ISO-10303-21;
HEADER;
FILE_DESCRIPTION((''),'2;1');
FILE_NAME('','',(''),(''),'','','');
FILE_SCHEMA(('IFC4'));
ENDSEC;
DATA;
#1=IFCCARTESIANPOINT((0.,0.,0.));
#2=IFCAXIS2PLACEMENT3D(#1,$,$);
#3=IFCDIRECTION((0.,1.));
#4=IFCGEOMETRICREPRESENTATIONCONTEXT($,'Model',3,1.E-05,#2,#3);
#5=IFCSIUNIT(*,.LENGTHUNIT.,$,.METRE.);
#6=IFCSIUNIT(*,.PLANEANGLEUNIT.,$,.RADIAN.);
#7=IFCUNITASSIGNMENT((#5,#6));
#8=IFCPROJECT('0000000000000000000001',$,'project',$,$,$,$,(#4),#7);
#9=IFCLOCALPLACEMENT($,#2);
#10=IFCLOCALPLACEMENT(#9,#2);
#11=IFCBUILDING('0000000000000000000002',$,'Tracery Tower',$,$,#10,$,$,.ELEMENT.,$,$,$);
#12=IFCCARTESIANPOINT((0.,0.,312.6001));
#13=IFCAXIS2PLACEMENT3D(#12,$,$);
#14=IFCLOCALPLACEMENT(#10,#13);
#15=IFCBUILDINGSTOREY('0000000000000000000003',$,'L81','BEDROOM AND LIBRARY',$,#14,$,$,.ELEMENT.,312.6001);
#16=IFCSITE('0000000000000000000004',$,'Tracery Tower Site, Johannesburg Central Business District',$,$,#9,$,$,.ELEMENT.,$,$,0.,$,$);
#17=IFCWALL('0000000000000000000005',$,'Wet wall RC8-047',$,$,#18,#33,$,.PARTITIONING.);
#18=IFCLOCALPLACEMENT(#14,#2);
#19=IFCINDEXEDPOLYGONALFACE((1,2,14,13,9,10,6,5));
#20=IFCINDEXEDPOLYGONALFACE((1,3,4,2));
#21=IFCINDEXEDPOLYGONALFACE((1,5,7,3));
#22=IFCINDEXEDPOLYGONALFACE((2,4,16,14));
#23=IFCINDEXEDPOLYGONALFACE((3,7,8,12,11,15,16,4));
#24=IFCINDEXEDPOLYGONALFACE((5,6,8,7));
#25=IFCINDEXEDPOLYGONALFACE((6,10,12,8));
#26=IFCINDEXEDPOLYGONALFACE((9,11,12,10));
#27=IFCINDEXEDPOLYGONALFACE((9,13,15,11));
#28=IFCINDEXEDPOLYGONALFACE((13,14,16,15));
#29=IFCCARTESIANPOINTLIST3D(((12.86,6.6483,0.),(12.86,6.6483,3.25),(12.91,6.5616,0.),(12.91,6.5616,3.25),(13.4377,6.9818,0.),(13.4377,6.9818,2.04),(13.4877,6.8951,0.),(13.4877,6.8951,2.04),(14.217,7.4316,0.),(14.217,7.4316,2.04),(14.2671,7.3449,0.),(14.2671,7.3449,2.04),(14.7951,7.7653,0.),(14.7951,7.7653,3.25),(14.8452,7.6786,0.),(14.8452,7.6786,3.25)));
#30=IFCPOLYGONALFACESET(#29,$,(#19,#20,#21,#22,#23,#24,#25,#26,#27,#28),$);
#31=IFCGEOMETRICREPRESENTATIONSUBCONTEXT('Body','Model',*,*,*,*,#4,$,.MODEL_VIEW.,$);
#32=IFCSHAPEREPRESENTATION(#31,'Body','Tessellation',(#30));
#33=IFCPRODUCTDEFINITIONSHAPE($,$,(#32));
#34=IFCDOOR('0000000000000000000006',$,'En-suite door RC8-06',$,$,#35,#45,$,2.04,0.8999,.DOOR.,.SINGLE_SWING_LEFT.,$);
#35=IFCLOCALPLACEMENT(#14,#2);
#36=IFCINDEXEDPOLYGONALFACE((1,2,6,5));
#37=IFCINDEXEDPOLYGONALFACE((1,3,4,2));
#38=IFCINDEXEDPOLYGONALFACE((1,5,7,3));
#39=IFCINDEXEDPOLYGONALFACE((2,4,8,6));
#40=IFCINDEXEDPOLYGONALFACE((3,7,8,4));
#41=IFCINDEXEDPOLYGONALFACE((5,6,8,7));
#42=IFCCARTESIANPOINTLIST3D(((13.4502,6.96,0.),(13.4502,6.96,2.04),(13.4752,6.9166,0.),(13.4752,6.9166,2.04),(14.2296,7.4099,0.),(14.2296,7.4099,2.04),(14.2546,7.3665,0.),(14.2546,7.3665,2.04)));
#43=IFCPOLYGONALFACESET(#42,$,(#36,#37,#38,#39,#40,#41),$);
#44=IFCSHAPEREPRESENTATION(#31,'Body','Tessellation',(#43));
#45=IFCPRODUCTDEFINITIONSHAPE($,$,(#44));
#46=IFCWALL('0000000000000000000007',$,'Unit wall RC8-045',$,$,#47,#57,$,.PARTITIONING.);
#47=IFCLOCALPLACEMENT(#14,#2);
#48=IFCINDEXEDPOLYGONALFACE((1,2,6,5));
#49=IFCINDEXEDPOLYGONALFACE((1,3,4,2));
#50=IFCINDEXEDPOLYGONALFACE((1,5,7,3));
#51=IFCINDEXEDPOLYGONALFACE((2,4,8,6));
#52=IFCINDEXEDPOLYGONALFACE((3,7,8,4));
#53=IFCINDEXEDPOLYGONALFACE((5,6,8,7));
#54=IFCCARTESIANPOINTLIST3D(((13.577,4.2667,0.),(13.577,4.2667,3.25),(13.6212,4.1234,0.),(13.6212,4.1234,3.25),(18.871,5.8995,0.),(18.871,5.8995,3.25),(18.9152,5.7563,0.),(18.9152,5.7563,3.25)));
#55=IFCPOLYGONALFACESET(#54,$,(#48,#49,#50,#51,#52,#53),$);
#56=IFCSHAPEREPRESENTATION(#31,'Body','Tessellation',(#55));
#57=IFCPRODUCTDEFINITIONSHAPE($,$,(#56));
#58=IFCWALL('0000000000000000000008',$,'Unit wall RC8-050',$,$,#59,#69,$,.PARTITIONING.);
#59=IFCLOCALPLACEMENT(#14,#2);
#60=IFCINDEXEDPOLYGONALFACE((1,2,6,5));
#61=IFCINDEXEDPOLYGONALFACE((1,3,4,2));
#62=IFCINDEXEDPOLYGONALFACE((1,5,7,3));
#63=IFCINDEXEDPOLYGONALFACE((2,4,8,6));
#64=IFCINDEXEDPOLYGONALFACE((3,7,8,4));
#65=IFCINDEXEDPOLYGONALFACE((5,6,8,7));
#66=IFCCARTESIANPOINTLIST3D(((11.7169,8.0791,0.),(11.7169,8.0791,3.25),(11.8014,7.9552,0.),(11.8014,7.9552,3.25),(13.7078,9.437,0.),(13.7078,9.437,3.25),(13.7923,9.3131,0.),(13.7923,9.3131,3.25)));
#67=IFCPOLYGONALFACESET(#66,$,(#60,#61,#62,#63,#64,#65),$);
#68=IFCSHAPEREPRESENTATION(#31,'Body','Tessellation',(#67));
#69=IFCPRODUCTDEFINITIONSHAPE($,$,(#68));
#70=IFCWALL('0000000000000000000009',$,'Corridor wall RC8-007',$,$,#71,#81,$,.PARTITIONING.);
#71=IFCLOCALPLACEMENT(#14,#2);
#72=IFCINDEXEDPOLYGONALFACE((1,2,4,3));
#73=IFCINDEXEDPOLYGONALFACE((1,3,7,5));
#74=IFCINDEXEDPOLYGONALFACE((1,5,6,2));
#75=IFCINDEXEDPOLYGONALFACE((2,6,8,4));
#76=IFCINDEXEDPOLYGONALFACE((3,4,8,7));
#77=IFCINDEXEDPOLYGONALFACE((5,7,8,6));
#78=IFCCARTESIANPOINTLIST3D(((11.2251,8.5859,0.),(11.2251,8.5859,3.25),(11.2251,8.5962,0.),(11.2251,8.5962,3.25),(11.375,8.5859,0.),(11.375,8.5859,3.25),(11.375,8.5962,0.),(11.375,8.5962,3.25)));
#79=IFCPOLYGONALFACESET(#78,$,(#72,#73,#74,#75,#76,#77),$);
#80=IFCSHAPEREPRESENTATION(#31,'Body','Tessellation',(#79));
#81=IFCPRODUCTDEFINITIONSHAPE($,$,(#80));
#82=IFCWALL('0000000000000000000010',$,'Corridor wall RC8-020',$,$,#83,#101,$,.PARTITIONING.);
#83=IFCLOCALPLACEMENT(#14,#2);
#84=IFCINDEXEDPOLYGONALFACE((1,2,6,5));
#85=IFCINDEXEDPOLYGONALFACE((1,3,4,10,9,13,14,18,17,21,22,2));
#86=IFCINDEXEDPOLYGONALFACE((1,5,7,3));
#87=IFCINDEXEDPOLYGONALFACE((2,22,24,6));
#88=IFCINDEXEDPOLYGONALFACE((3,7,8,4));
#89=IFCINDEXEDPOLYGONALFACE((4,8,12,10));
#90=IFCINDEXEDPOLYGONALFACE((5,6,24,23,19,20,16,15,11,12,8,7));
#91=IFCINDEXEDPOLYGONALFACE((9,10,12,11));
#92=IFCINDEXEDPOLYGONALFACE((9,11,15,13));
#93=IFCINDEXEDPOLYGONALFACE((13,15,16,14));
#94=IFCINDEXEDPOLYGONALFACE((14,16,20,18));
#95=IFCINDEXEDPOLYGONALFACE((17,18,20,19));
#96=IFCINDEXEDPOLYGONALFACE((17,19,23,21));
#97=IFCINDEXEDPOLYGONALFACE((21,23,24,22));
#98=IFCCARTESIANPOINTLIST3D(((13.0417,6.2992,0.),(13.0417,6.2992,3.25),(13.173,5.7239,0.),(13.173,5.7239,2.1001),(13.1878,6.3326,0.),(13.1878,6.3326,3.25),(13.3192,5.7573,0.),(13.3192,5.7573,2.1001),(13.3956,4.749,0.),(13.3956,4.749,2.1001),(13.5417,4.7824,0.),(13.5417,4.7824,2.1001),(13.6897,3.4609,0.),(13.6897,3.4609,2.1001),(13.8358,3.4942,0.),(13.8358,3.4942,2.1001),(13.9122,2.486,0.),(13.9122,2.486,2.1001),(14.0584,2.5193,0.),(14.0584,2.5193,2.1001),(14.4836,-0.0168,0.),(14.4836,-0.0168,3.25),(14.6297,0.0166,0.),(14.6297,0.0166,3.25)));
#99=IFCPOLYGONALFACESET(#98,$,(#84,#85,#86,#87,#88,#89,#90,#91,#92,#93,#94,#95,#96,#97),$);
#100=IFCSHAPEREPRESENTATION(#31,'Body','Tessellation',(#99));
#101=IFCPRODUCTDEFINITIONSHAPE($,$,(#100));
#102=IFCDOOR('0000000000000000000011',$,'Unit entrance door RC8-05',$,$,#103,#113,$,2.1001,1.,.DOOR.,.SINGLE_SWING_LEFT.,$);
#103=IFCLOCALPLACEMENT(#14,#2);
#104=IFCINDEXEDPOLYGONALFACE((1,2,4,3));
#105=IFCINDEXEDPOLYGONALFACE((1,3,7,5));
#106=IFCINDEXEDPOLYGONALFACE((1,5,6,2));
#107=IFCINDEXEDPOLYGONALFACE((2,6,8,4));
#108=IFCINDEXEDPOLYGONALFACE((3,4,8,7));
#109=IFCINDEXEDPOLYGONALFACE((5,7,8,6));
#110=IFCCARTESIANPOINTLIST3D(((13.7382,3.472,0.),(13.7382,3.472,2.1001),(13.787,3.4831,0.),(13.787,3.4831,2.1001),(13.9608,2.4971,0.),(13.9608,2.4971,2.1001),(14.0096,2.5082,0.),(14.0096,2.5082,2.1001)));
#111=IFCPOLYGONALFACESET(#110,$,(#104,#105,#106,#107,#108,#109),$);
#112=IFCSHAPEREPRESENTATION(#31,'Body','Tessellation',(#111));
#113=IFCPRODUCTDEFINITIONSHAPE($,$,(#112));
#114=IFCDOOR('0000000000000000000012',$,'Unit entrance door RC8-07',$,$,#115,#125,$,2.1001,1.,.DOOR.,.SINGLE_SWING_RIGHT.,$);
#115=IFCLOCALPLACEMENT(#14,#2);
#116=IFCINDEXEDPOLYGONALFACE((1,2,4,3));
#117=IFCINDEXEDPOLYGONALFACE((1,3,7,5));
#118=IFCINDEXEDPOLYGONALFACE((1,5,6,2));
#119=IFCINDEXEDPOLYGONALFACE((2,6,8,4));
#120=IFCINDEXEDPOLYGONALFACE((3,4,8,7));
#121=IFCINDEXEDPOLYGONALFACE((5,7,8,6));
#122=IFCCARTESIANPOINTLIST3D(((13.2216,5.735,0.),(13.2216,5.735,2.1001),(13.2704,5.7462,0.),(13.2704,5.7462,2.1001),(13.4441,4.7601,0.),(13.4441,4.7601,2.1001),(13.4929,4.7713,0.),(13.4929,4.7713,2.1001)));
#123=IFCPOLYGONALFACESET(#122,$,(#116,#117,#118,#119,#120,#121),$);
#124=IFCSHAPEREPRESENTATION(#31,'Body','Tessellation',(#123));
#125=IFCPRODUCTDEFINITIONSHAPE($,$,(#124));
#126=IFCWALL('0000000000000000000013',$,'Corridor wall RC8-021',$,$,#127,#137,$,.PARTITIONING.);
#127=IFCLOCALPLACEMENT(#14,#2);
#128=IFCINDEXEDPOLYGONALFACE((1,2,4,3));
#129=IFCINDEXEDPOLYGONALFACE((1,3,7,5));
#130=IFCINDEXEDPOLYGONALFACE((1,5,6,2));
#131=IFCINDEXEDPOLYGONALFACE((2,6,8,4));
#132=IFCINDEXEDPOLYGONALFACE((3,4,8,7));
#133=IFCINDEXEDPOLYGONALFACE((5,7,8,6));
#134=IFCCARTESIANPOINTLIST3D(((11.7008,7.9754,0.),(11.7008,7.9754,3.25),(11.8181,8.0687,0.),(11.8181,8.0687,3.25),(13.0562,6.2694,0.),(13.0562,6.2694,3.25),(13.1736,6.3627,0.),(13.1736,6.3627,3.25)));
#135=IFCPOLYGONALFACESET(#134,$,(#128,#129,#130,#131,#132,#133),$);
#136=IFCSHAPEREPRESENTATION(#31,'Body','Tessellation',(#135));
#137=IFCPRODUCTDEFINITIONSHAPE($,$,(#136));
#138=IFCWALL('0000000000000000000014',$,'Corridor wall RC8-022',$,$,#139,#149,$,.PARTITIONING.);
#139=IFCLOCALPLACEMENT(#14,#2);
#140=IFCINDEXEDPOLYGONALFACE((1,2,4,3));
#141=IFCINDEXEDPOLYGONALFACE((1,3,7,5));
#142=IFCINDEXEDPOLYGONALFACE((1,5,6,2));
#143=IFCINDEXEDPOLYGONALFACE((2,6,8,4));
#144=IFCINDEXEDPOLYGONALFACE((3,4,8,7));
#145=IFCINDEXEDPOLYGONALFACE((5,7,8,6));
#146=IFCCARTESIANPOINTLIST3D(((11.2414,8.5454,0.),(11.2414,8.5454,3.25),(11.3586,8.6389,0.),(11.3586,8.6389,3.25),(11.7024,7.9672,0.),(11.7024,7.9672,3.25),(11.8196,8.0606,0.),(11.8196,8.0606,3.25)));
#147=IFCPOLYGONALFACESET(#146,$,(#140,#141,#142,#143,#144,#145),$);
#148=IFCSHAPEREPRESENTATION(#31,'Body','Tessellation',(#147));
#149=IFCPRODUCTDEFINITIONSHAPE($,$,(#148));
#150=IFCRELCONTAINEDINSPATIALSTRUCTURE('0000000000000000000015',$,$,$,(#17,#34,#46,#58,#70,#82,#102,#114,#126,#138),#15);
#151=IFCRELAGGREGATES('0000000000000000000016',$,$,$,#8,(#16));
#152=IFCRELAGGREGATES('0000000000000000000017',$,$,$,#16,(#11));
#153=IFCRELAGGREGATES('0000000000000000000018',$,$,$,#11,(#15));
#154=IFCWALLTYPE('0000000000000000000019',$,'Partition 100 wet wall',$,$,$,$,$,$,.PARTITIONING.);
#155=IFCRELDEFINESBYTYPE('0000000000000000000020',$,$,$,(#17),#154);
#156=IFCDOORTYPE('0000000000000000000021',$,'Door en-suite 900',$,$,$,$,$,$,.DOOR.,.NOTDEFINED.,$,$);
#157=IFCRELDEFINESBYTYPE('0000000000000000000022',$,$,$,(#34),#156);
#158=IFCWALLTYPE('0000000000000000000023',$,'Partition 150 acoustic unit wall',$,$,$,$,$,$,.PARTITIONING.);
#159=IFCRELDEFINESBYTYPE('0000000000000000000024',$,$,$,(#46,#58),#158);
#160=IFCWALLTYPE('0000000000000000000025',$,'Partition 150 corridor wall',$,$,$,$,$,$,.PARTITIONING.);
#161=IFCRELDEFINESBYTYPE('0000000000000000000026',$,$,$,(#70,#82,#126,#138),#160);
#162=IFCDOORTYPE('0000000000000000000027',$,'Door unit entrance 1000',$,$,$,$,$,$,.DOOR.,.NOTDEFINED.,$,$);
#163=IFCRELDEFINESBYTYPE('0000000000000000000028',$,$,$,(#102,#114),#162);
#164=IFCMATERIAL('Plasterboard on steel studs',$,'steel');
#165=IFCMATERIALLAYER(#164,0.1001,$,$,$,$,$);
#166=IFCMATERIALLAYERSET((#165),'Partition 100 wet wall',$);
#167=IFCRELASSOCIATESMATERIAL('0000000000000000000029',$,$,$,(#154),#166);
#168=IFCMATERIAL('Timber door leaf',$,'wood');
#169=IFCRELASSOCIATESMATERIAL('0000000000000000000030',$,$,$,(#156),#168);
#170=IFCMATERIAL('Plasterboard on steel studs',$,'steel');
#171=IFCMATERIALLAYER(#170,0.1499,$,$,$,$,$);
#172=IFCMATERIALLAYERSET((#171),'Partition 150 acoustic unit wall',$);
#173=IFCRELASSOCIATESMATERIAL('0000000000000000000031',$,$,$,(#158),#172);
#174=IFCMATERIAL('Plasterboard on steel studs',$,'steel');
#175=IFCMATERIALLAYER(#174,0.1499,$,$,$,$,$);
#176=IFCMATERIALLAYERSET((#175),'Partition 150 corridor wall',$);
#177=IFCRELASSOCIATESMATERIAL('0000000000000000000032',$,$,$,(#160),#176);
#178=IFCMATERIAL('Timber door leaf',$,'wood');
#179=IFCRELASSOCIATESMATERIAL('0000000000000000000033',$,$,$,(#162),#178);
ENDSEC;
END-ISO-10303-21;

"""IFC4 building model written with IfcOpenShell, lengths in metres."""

from ifc_helpers import new_model, si_unit, direction, frame, frame_2d, origin, place, context, subcontext, project, spatial, rectangle, extrude, material, layer, layer_set, type_object, element, fill, save


model = new_model("IFC4")

# Units and contexts
model_context = context("Model", 3, precision=1e-05, world=origin(), true_north=direction((0.0, 1.0)))
body_context = subcontext(model_context, "Body", "Model", "MODEL_VIEW")
ifc_project = project(units=[si_unit("LENGTHUNIT", "METRE"), si_unit("PLANEANGLEUNIT", "RADIAN")], contexts=[model_context])

# Site, building, storey
site_placement = place(None, origin())
site = spatial("IfcSite", under=ifc_project, at=site_placement, Name="Tracery Tower Site, Johannesburg Central Business District", CompositionType="ELEMENT", RefElevation=0.0)
building_placement = place(site_placement, origin())
building = spatial("IfcBuilding", under=site, at=building_placement, Name="Tracery Tower", CompositionType="ELEMENT")
storey_placement = place(building_placement, frame((0.0, 0.0, 312.6001)))
storey = spatial("IfcBuildingStorey", under=building, at=storey_placement, Name="L81", Description="BEDROOM AND LIBRARY", CompositionType="ELEMENT", Elevation=312.6001)

# Shared definitions
ifc_material_1 = material(Name="Plasterboard on steel studs", Category="steel")
ifc_layer_1 = layer(ifc_material_1, 0.1001)
ifc_layer_set_1 = layer_set([ifc_layer_1], Name="Partition 100 wet wall")
wall_type_1 = type_object("IfcWallType", Name="Partition 100 wet wall", PredefinedType="PARTITIONING", material=ifc_layer_set_1)

# Wall, opening, door
ifc_material_2 = material(Name="Timber door leaf", Category="wood")
door_type_1 = type_object("IfcDoorType", Name="Door en-suite 900", OperationType="NOTDEFINED", PredefinedType="DOOR", material=ifc_material_2)
wall_1_placement = place(storey_placement, frame((12.885, 6.605, 0.0), z_axis=(0.0, 0.0, 1.0), x_axis=(0.866076, 0.499912, 0.0)))
wall_1 = element("IfcWall", 1, at=wall_1_placement, inside=storey, type_object=wall_type_1, Name="Wet wall RC8-047", PredefinedType="PARTITIONING", context=body_context, shape_type="SweptSolid", body=[
    extrude(rectangle(XDim=2.2344, YDim=0.1001, at=frame_2d((1.1172, 0.0))), origin(), (0.0, 0.0, 1.0), 3.25),
])
opening_1_placement = place(wall_1_placement, frame((0.667, 0.0, 0.0)))
opening_1 = element("IfcOpeningElement", 2, at=opening_1_placement, cuts=wall_1, PredefinedType="OPENING", context=body_context, shape_type="SweptSolid", body=[
    extrude(rectangle(XDim=0.8999, YDim=2.04, at=frame_2d((0.45, 1.02))), frame((0.0, 0.05, 0.0), z_axis=(0.0, -1.0, 0.0), x_axis=(1.0, 0.0, 0.0)), (0.0, 0.0, 1.0), 0.1001),
])
door_1_placement = place(opening_1_placement, origin())
door_1 = element("IfcDoor", 3, at=door_1_placement, inside=storey, type_object=door_type_1, Name="En-suite door RC8-06", OperationType="SINGLE_SWING_LEFT", OverallHeight=2.04, OverallWidth=0.8999, PredefinedType="DOOR", context=body_context, shape_type="SweptSolid", body=[
    extrude(rectangle(XDim=0.8999, YDim=2.04, at=frame_2d((0.45, 1.02))), frame((0.0, 0.0249, 0.0), z_axis=(0.0, -1.0, 0.0), x_axis=(1.0, 0.0, 0.0)), (0.0, 0.0, 1.0), 0.05),
])
fill(opening_1, door_1)

# Walls
ifc_material_3 = material(Name="Plasterboard on steel studs", Category="steel")
ifc_layer_2 = layer(ifc_material_3, 0.1499)
ifc_layer_set_2 = layer_set([ifc_layer_2], Name="Partition 150 acoustic unit wall")
wall_type_2 = type_object("IfcWallType", Name="Partition 150 acoustic unit wall", PredefinedType="PARTITIONING", material=ifc_layer_set_2)
wall_2_placement = place(storey_placement, frame((13.5991, 4.1951, 0.0), z_axis=(0.0, 0.0, 1.0), x_axis=(0.955581, 0.29473, 0.0)))
element("IfcWall", 4, at=wall_2_placement, inside=storey, type_object=wall_type_2, Name="Unit wall RC8-045", PredefinedType="PARTITIONING", context=body_context, shape_type="SweptSolid", body=[
    extrude(rectangle(XDim=5.54, YDim=0.1499, at=frame_2d((2.77, 0.0))), origin(), (0.0, 0.0, 1.0), 3.25),
])
wall_3_placement = place(storey_placement, frame((11.759, 8.0171, 0.0), z_axis=(0.0, 0.0, 1.0), x_axis=(0.826144, 0.563459, 0.0)))
element("IfcWall", 5, at=wall_3_placement, inside=storey, type_object=wall_type_2, Name="Unit wall RC8-050", PredefinedType="PARTITIONING", context=body_context, shape_type="SweptSolid", body=[
    extrude(rectangle(XDim=2.4099, YDim=0.1499, at=frame_2d((1.2051, 0.0))), origin(), (0.0, 0.0, 1.0), 3.25),
])
ifc_material_4 = material(Name="Plasterboard on steel studs", Category="steel")
ifc_layer_3 = layer(ifc_material_4, 0.1499)
ifc_layer_set_3 = layer_set([ifc_layer_3], Name="Partition 150 corridor wall")
wall_type_3 = type_object("IfcWallType", Name="Partition 150 corridor wall", PredefinedType="PARTITIONING", material=ifc_layer_set_3)
wall_4_placement = place(storey_placement, frame((11.3, 8.5859, 0.0), z_axis=(0.0, 0.0, 1.0), x_axis=(0.0, 1.0, 0.0)))
element("IfcWall", 6, at=wall_4_placement, inside=storey, type_object=wall_type_3, Name="Corridor wall RC8-007", PredefinedType="PARTITIONING", context=body_context, shape_type="SweptSolid", body=[
    extrude(rectangle(XDim=0.0103, YDim=0.1499, at=frame_2d((0.0051, 0.0))), origin(), (0.0, 0.0, 1.0), 3.25),
])

# Wall, openings, doors
wall_5_placement = place(storey_placement, frame((13.1147, 6.3159, 0.0), z_axis=(0.0, 0.0, 1.0), x_axis=(0.222569, -0.974917, 0.0)))
wall_5 = element("IfcWall", 7, at=wall_5_placement, inside=storey, type_object=wall_type_3, Name="Corridor wall RC8-020", PredefinedType="PARTITIONING", context=body_context, shape_type="SweptSolid", body=[
    extrude(rectangle(XDim=6.4785, YDim=0.1499, at=frame_2d((3.2393, 0.0))), origin(), (0.0, 0.0, 1.0), 3.25),
])
opening_2_placement = place(wall_5_placement, frame((2.9114, 0.0, 0.0)))
opening_2 = element("IfcOpeningElement", 8, at=opening_2_placement, cuts=wall_5, PredefinedType="OPENING", context=body_context, shape_type="SweptSolid", body=[
    extrude(rectangle(XDim=1.0, YDim=2.1001, at=frame_2d((0.5, 1.05))), frame((0.0, 0.075, 0.0), z_axis=(0.0, -1.0, 0.0), x_axis=(1.0, 0.0, 0.0)), (0.0, 0.0, 1.0), 0.1499),
])
opening_3_placement = place(wall_5_placement, frame((0.5901, 0.0, 0.0)))
opening_3 = element("IfcOpeningElement", 9, at=opening_3_placement, cuts=wall_5, PredefinedType="OPENING", context=body_context, shape_type="SweptSolid", body=[
    extrude(rectangle(XDim=1.0, YDim=2.1001, at=frame_2d((0.5, 1.05))), frame((0.0, 0.075, 0.0), z_axis=(0.0, -1.0, 0.0), x_axis=(1.0, 0.0, 0.0)), (0.0, 0.0, 1.0), 0.1499),
])
ifc_material_5 = material(Name="Timber door leaf", Category="wood")
door_type_2 = type_object("IfcDoorType", Name="Door unit entrance 1000", OperationType="NOTDEFINED", PredefinedType="DOOR", material=ifc_material_5)
door_2_placement = place(opening_2_placement, origin())
door_2 = element("IfcDoor", 10, at=door_2_placement, inside=storey, type_object=door_type_2, Name="Unit entrance door RC8-05", OperationType="SINGLE_SWING_LEFT", OverallHeight=2.1001, OverallWidth=1.0, PredefinedType="DOOR", context=body_context, shape_type="SweptSolid", body=[
    extrude(rectangle(XDim=1.0, YDim=2.1001, at=frame_2d((0.5, 1.05))), frame((0.0, 0.0249, 0.0), z_axis=(0.0, -1.0, 0.0), x_axis=(1.0, 0.0, 0.0)), (0.0, 0.0, 1.0), 0.05),
])
fill(opening_2, door_2)
door_3_placement = place(opening_3_placement, origin())
door_3 = element("IfcDoor", 11, at=door_3_placement, inside=storey, type_object=door_type_2, Name="Unit entrance door RC8-07", OperationType="SINGLE_SWING_RIGHT", OverallHeight=2.1001, OverallWidth=1.0, PredefinedType="DOOR", context=body_context, shape_type="SweptSolid", body=[
    extrude(rectangle(XDim=1.0, YDim=2.1001, at=frame_2d((0.5, 1.05))), frame((0.0, 0.0249, 0.0), z_axis=(0.0, -1.0, 0.0), x_axis=(1.0, 0.0, 0.0)), (0.0, 0.0, 1.0), 0.05),
])
fill(opening_3, door_3)

# Walls
wall_6_placement = place(storey_placement, frame((11.7595, 8.022, 0.0), z_axis=(0.0, 0.0, 1.0), x_axis=(0.622068, -0.782963, 0.0)))
element("IfcWall", 12, at=wall_6_placement, inside=storey, type_object=wall_type_3, Name="Corridor wall RC8-021", PredefinedType="PARTITIONING", context=body_context, shape_type="SweptSolid", body=[
    extrude(rectangle(XDim=2.179, YDim=0.1499, at=frame_2d((1.0894, 0.0))), origin(), (0.0, 0.0, 1.0), 3.25),
])
wall_7_placement = place(storey_placement, frame((11.3, 8.592, 0.0), z_axis=(0.0, 0.0, 1.0), x_axis=(0.623406, -0.781899, 0.0)))
element("IfcWall", 13, at=wall_7_placement, inside=storey, type_object=wall_type_3, Name="Corridor wall RC8-022", PredefinedType="PARTITIONING", context=body_context, shape_type="SweptSolid", body=[
    extrude(rectangle(XDim=0.7395, YDim=0.1499, at=frame_2d((0.3696, 0.0))), origin(), (0.0, 0.0, 1.0), 3.25),
])

save(model, "model.ifc")
